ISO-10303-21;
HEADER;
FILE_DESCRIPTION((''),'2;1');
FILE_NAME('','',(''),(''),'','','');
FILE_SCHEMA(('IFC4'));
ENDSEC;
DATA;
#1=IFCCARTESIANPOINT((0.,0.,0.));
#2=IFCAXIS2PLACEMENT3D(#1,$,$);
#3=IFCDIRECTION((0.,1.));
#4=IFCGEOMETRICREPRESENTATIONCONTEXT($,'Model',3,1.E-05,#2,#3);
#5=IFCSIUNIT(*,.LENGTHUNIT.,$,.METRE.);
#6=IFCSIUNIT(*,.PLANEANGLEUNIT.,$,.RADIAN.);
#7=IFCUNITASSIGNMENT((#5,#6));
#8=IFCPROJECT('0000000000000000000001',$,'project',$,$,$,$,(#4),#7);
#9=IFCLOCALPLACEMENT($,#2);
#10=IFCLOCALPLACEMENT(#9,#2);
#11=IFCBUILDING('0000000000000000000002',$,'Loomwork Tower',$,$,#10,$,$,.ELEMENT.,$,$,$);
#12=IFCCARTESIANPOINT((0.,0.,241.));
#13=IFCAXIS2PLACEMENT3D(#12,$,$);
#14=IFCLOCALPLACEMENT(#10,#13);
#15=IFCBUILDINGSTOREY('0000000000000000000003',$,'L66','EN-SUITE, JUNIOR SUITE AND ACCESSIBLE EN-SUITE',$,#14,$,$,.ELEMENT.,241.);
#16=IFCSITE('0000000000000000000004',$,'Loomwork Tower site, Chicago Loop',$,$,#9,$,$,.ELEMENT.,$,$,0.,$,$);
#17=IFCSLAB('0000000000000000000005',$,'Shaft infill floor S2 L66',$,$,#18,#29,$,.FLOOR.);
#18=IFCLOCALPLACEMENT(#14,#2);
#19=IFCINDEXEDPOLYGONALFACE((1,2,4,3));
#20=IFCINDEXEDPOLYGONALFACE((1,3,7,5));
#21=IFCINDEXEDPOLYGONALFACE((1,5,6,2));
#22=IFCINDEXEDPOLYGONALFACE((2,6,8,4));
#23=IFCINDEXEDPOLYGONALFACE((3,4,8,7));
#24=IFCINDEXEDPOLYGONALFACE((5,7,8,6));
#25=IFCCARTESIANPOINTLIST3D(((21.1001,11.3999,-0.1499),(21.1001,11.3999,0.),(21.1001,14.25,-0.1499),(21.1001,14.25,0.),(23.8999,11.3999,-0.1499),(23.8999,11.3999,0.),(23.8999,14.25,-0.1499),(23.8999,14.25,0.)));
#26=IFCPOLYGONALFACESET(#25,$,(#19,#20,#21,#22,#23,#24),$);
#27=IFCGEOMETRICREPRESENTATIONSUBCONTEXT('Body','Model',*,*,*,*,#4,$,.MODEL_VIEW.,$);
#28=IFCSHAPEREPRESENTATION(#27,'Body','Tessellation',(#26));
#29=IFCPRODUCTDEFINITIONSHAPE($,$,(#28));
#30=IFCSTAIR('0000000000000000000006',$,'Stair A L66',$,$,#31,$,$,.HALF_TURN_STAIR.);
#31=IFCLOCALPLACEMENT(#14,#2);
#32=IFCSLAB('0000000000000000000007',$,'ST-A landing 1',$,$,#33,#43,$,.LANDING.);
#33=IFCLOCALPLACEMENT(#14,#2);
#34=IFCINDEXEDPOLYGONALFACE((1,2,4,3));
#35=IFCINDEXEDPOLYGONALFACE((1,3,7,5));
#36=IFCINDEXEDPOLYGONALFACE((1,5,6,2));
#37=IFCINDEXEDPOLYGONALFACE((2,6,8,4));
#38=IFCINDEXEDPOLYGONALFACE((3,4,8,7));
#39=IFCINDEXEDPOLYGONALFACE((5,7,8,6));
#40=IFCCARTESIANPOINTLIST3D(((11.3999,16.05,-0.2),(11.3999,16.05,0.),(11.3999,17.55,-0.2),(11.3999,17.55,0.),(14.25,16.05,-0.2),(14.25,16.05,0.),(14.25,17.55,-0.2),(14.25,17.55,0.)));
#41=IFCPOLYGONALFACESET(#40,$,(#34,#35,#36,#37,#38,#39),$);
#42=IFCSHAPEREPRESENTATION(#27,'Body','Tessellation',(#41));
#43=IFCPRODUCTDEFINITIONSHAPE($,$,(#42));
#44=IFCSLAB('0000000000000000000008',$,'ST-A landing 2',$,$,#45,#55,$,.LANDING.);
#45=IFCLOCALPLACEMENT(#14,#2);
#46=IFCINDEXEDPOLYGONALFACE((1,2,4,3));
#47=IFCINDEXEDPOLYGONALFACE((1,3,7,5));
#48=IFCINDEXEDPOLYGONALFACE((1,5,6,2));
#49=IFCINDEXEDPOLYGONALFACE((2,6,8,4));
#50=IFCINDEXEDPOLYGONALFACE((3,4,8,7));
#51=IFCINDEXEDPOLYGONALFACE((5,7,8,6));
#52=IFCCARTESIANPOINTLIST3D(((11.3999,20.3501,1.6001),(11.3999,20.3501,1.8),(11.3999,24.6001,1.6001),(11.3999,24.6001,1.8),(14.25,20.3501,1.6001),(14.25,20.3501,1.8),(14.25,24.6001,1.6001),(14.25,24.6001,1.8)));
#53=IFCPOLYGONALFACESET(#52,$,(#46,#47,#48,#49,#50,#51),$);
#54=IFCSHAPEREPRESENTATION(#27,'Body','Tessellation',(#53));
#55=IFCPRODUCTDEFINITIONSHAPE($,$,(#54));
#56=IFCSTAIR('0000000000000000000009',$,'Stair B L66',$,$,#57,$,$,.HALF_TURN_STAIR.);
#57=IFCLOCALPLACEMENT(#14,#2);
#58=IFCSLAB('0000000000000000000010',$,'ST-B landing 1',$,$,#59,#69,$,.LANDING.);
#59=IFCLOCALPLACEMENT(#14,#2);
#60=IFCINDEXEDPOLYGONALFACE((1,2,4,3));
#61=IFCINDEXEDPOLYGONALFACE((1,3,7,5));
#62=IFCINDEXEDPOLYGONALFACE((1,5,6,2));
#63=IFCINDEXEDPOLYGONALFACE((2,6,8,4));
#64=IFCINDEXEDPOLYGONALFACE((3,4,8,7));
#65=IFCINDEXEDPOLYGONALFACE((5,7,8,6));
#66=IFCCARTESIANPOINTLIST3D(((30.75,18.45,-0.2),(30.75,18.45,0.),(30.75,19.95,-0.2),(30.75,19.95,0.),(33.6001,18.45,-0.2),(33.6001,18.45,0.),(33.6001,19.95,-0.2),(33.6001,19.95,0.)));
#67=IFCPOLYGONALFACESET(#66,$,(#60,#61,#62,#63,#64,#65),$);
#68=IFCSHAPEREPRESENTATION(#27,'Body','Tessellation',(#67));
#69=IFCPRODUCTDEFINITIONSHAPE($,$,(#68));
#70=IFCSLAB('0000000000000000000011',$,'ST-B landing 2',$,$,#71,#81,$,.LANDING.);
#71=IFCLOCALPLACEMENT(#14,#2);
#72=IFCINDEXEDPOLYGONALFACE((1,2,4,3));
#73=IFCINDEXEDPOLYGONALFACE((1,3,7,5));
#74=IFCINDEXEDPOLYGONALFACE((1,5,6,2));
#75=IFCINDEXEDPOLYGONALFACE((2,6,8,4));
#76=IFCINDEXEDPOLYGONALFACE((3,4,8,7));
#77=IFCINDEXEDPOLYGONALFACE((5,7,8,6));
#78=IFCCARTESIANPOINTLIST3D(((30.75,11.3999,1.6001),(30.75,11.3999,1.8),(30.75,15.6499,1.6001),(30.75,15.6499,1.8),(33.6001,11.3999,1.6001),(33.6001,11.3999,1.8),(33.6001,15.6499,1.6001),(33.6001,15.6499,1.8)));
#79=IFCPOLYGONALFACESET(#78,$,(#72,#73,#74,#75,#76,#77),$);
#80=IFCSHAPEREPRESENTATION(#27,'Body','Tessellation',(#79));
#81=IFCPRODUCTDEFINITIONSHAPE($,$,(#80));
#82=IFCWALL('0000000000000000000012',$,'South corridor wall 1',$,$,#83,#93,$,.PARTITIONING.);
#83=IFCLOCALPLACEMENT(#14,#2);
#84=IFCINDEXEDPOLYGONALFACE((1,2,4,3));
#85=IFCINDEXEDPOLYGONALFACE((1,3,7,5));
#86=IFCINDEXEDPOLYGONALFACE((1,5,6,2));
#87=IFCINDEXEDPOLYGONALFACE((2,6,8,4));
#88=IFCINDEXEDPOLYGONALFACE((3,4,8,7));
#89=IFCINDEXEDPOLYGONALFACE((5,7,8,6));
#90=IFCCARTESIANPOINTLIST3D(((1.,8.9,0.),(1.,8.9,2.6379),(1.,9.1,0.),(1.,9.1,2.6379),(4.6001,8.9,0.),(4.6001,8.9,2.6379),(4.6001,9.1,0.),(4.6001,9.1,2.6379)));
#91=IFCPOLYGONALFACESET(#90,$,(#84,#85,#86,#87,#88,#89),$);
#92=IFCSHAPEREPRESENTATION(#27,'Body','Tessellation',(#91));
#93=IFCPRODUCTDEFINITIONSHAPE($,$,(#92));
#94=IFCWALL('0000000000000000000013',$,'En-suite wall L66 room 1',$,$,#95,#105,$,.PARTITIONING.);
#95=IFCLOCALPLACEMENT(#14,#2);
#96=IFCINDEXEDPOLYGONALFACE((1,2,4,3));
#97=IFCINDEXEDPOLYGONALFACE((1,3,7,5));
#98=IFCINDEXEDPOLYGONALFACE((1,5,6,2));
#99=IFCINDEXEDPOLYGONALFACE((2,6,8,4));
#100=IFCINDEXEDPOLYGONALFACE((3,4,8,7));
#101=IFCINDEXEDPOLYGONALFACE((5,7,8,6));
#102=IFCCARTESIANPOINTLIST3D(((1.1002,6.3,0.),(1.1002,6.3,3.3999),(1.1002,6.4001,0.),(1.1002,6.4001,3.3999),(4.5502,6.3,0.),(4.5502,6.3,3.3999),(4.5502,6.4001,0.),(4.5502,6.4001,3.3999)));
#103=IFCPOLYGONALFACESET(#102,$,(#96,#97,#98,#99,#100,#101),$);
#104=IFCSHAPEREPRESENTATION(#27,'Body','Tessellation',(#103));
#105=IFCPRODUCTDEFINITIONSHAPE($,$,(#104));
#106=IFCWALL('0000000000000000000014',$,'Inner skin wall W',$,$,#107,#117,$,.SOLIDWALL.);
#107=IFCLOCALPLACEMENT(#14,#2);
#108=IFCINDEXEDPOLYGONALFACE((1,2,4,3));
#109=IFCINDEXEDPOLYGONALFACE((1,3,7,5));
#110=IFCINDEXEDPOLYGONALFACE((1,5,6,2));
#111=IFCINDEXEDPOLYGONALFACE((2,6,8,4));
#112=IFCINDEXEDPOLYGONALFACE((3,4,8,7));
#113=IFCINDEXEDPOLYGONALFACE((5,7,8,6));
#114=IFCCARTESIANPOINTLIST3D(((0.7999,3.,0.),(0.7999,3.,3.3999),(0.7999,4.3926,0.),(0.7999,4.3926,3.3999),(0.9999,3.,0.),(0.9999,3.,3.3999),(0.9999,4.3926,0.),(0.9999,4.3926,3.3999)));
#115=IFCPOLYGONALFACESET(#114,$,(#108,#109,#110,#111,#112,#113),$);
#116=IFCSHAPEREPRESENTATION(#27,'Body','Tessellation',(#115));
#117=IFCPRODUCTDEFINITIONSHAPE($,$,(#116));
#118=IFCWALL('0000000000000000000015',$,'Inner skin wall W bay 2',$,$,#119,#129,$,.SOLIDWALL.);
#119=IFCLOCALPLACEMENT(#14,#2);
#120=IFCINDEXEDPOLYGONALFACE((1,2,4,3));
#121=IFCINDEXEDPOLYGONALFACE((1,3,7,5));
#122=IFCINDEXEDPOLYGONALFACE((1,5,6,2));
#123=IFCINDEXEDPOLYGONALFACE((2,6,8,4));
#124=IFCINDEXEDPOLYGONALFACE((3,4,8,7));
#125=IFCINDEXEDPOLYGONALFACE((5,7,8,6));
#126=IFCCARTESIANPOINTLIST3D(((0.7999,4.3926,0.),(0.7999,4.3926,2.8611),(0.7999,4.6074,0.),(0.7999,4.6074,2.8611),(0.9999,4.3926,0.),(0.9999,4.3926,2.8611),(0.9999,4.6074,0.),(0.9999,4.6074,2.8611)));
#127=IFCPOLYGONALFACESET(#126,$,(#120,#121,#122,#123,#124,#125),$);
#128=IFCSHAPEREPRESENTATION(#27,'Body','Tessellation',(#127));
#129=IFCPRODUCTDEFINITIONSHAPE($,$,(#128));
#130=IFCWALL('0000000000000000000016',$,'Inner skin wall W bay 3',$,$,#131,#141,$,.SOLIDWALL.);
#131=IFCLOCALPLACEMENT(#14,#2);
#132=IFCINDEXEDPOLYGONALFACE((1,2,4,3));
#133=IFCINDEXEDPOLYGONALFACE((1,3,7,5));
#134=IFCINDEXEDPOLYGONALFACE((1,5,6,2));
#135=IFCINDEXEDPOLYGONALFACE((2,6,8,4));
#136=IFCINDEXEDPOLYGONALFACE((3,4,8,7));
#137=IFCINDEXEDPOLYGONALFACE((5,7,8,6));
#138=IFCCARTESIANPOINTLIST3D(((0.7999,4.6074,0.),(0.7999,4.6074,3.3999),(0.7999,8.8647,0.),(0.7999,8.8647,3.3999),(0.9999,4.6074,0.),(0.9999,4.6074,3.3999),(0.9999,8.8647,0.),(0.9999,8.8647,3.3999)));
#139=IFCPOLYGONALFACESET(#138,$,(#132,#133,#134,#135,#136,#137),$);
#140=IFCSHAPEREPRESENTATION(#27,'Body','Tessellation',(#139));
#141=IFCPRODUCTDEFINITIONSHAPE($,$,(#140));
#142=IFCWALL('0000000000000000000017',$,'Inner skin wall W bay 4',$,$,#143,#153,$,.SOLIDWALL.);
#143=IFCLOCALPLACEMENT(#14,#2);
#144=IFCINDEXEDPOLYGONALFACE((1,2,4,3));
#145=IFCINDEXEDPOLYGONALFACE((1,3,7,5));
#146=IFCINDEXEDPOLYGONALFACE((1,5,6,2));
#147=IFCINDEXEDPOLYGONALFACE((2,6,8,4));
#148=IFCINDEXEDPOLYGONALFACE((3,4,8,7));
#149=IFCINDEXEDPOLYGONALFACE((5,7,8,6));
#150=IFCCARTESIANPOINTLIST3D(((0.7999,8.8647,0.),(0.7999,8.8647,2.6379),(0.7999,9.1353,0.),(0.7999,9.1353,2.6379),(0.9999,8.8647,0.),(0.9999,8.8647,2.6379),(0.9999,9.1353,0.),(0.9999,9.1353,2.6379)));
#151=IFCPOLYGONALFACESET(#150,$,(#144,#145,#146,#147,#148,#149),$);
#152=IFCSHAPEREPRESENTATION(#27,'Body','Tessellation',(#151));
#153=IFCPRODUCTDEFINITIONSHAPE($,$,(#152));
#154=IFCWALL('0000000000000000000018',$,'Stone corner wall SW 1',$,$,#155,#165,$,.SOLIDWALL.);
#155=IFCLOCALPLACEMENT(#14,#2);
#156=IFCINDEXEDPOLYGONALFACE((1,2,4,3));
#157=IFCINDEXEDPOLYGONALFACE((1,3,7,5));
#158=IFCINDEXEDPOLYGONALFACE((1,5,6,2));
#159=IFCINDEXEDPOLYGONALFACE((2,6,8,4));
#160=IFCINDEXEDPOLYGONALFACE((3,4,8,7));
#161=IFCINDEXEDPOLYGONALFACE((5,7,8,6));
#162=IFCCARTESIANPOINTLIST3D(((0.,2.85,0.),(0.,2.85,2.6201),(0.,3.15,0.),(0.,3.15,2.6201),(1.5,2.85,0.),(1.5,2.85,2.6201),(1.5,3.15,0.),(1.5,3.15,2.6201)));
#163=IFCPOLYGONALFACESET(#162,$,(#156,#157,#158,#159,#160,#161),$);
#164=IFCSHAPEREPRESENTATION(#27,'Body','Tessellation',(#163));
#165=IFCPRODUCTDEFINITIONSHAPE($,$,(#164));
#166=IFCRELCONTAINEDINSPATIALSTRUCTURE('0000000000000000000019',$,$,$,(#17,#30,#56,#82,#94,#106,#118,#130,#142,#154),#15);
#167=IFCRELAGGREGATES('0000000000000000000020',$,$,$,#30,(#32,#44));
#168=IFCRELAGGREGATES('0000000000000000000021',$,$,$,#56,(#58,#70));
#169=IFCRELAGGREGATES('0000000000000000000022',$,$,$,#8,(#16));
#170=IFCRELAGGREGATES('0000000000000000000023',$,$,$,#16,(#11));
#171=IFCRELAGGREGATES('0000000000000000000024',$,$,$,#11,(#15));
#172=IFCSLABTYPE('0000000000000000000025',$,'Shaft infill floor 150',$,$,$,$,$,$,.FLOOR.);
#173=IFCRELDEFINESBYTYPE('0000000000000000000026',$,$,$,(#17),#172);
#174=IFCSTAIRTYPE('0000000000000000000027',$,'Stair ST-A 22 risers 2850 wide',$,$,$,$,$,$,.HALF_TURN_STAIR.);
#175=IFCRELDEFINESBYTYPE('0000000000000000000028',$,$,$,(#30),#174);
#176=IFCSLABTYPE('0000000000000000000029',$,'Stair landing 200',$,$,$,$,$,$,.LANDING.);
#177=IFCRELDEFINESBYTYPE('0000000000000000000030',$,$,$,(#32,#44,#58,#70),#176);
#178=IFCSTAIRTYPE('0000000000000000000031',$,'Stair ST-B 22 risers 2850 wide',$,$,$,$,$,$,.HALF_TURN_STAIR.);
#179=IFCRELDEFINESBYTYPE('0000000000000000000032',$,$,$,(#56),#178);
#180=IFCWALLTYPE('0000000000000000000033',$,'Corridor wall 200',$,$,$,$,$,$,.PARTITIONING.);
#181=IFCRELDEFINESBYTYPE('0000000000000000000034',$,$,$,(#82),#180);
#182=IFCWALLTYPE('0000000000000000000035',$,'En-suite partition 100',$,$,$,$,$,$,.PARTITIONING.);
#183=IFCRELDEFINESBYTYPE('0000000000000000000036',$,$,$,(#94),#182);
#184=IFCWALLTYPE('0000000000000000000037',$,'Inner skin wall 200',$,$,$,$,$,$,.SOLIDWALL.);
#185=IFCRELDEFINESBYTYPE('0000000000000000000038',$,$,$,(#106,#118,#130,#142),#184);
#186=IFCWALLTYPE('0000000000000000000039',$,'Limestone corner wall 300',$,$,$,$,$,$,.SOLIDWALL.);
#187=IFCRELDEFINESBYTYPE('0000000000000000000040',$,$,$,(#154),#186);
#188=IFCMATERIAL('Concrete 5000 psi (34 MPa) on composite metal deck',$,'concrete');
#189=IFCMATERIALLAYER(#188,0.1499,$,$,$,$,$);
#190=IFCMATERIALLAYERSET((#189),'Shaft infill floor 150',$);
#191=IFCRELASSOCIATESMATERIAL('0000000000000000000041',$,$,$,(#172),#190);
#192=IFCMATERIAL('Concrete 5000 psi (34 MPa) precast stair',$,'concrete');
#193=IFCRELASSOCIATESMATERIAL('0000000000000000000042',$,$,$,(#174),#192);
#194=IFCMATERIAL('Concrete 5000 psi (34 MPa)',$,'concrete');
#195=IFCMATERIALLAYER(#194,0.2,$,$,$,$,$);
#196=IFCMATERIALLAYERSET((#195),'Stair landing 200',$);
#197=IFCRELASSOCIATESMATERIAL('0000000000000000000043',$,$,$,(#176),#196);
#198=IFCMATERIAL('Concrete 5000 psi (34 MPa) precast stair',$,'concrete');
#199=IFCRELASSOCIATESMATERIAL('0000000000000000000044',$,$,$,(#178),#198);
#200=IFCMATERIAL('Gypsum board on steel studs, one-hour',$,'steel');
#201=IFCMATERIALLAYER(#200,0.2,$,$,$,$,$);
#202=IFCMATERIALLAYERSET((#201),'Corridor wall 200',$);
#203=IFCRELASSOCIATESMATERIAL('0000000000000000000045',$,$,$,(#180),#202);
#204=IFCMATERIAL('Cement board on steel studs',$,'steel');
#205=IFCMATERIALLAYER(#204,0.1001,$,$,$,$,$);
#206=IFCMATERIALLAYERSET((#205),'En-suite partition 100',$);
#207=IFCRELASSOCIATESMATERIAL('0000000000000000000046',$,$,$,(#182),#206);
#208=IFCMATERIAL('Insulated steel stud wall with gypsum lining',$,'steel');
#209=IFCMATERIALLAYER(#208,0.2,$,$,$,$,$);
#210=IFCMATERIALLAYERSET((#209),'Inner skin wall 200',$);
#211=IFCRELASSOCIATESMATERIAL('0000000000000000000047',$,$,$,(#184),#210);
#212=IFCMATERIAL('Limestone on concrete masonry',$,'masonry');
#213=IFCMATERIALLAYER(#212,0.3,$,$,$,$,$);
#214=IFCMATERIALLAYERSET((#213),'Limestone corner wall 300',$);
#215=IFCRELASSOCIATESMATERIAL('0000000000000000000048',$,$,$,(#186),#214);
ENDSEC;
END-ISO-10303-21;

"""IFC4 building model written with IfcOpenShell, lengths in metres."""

from ifc_helpers import new_model, si_unit, direction, frame, frame_2d, origin, place, context, subcontext, project, spatial, polyline, rectangle, outline, extrude, material, layer, layer_set, type_object, element, aggregate, save


model = new_model("IFC4")

# Units and contexts
model_context = context("Model", 3, precision=1e-05, world=origin(), true_north=direction((0.0, 1.0)))
body_context = subcontext(model_context, "Body", "Model", "MODEL_VIEW")
ifc_project = project(units=[si_unit("LENGTHUNIT", "METRE"), si_unit("PLANEANGLEUNIT", "RADIAN")], contexts=[model_context])

# Site, building, storey
site_placement = place(None, origin())
site = spatial("IfcSite", under=ifc_project, at=site_placement, Name="Loomwork Tower site, Chicago Loop", CompositionType="ELEMENT", RefElevation=0.0)
building_placement = place(site_placement, origin())
building = spatial("IfcBuilding", under=site, at=building_placement, Name="Loomwork Tower", CompositionType="ELEMENT")
storey_placement = place(building_placement, frame((0.0, 0.0, 241.0)))
storey = spatial("IfcBuildingStorey", under=building, at=storey_placement, Name="L66", Description="EN-SUITE, JUNIOR SUITE AND ACCESSIBLE EN-SUITE", CompositionType="ELEMENT", Elevation=241.0)

# Slab
ifc_material_1 = material(Name="Concrete 5000 psi (34 MPa) on composite metal deck", Category="concrete")
ifc_layer_1 = layer(ifc_material_1, 0.1499)
ifc_layer_set_1 = layer_set([ifc_layer_1], Name="Shaft infill floor 150")
slab_type_1 = type_object("IfcSlabType", Name="Shaft infill floor 150", PredefinedType="FLOOR", material=ifc_layer_set_1)
slab_1_placement = place(storey_placement, frame((0.0, 0.0, -0.1499)))
element("IfcSlab", 1, at=slab_1_placement, inside=storey, type_object=slab_type_1, Name="Shaft infill floor S2 L66", PredefinedType="FLOOR", context=body_context, shape_type="SweptSolid", body=[
    extrude(outline(polyline([(21.1001, 11.3999), (23.8999, 11.3999), (23.8999, 14.25), (21.1001, 14.25), (21.1001, 11.3999)])), origin(), (0.0, 0.0, 1.0), 0.1499),
])

# Stairs, slabs
ifc_material_2 = material(Name="Concrete 5000 psi (34 MPa) precast stair", Category="concrete")
stair_type_1 = type_object("IfcStairType", Name="Stair ST-A 22 risers 2850 wide", PredefinedType="HALF_TURN_STAIR", material=ifc_material_2)
stair_1_placement = place(storey_placement, origin())
stair_1 = element("IfcStair", 2, at=stair_1_placement, inside=storey, type_object=stair_type_1, Name="Stair A L66", PredefinedType="HALF_TURN_STAIR")
ifc_material_3 = material(Name="Concrete 5000 psi (34 MPa)", Category="concrete")
ifc_layer_2 = layer(ifc_material_3, 0.2)
ifc_layer_set_2 = layer_set([ifc_layer_2], Name="Stair landing 200")
slab_type_2 = type_object("IfcSlabType", Name="Stair landing 200", PredefinedType="LANDING", material=ifc_layer_set_2)
slab_2_placement = place(storey_placement, frame((0.0, 0.0, -0.2)))
slab_2 = element("IfcSlab", 3, at=slab_2_placement, type_object=slab_type_2, Name="ST-A landing 1", PredefinedType="LANDING", context=body_context, shape_type="SweptSolid", body=[
    extrude(outline(polyline([(11.3999, 16.05), (14.25, 16.05), (14.25, 17.55), (11.3999, 17.55), (11.3999, 16.05)])), origin(), (0.0, 0.0, 1.0), 0.2),
])
slab_3_placement = place(storey_placement, frame((0.0, 0.0, 1.6001)))
slab_3 = element("IfcSlab", 4, at=slab_3_placement, type_object=slab_type_2, Name="ST-A landing 2", PredefinedType="LANDING", context=body_context, shape_type="SweptSolid", body=[
    extrude(outline(polyline([(11.3999, 20.3501), (14.25, 20.3501), (14.25, 24.6001), (11.3999, 24.6001), (11.3999, 20.3501)])), origin(), (0.0, 0.0, 1.0), 0.2),
])
aggregate(stair_1, [slab_2, slab_3])
ifc_material_4 = material(Name="Concrete 5000 psi (34 MPa) precast stair", Category="concrete")
stair_type_2 = type_object("IfcStairType", Name="Stair ST-B 22 risers 2850 wide", PredefinedType="HALF_TURN_STAIR", material=ifc_material_4)
stair_2_placement = place(storey_placement, origin())
stair_2 = element("IfcStair", 5, at=stair_2_placement, inside=storey, type_object=stair_type_2, Name="Stair B L66", PredefinedType="HALF_TURN_STAIR")
slab_4_placement = place(storey_placement, frame((0.0, 0.0, -0.2)))
slab_4 = element("IfcSlab", 6, at=slab_4_placement, type_object=slab_type_2, Name="ST-B landing 1", PredefinedType="LANDING", context=body_context, shape_type="SweptSolid", body=[
    extrude(outline(polyline([(30.75, 18.45), (33.6001, 18.45), (33.6001, 19.95), (30.75, 19.95), (30.75, 18.45)])), origin(), (0.0, 0.0, 1.0), 0.2),
])
slab_5_placement = place(storey_placement, frame((0.0, 0.0, 1.6001)))
slab_5 = element("IfcSlab", 7, at=slab_5_placement, type_object=slab_type_2, Name="ST-B landing 2", PredefinedType="LANDING", context=body_context, shape_type="SweptSolid", body=[
    extrude(outline(polyline([(30.75, 11.3999), (33.6001, 11.3999), (33.6001, 15.6499), (30.75, 15.6499), (30.75, 11.3999)])), origin(), (0.0, 0.0, 1.0), 0.2),
])
aggregate(stair_2, [slab_4, slab_5])

# Walls
ifc_material_5 = material(Name="Gypsum board on steel studs, one-hour", Category="steel")
ifc_layer_3 = layer(ifc_material_5, 0.2)
ifc_layer_set_3 = layer_set([ifc_layer_3], Name="Corridor wall 200")
wall_type_1 = type_object("IfcWallType", Name="Corridor wall 200", PredefinedType="PARTITIONING", material=ifc_layer_set_3)
wall_1_placement = place(storey_placement, frame((1.0, 9.0, 0.0), z_axis=(0.0, 0.0, 1.0), x_axis=(1.0, 0.0, 0.0)))
element("IfcWall", 8, at=wall_1_placement, inside=storey, type_object=wall_type_1, Name="South corridor wall 1", PredefinedType="PARTITIONING", context=body_context, shape_type="SweptSolid", body=[
    extrude(rectangle(XDim=3.6001, YDim=0.2, at=frame_2d((1.8, 0.0))), origin(), (0.0, 0.0, 1.0), 2.6379),
])
ifc_material_6 = material(Name="Cement board on steel studs", Category="steel")
ifc_layer_4 = layer(ifc_material_6, 0.1001)
ifc_layer_set_4 = layer_set([ifc_layer_4], Name="En-suite partition 100")
wall_type_2 = type_object("IfcWallType", Name="En-suite partition 100", PredefinedType="PARTITIONING", material=ifc_layer_set_4)
wall_2_placement = place(storey_placement, frame((1.1001, 6.3501, 0.0), z_axis=(0.0, 0.0, 1.0), x_axis=(1.0, 0.0, 0.0)))
element("IfcWall", 9, at=wall_2_placement, inside=storey, type_object=wall_type_2, Name="En-suite wall L66 room 1", PredefinedType="PARTITIONING", context=body_context, shape_type="SweptSolid", body=[
    extrude(rectangle(XDim=3.45, YDim=0.1001, at=frame_2d((1.7251, 0.0))), origin(), (0.0, 0.0, 1.0), 3.3999),
])
ifc_material_7 = material(Name="Insulated steel stud wall with gypsum lining", Category="steel")
ifc_layer_5 = layer(ifc_material_7, 0.2)
ifc_layer_set_5 = layer_set([ifc_layer_5], Name="Inner skin wall 200")
wall_type_3 = type_object("IfcWallType", Name="Inner skin wall 200", PredefinedType="SOLIDWALL", material=ifc_layer_set_5)
wall_3_placement = place(storey_placement, frame((0.8999, 3.0, 0.0), z_axis=(0.0, 0.0, 1.0), x_axis=(0.0, 1.0, 0.0)))
element("IfcWall", 10, at=wall_3_placement, inside=storey, type_object=wall_type_3, Name="Inner skin wall W", PredefinedType="SOLIDWALL", context=body_context, shape_type="SweptSolid", body=[
    extrude(rectangle(XDim=1.3926, YDim=0.2, at=frame_2d((0.6963, 0.0))), origin(), (0.0, 0.0, 1.0), 3.3999),
])
wall_4_placement = place(storey_placement, frame((0.8999, 4.3926, 0.0), z_axis=(0.0, 0.0, 1.0), x_axis=(0.0, 1.0, 0.0)))
element("IfcWall", 11, at=wall_4_placement, inside=storey, type_object=wall_type_3, Name="Inner skin wall W bay 2", PredefinedType="SOLIDWALL", context=body_context, shape_type="SweptSolid", body=[
    extrude(rectangle(XDim=0.2148, YDim=0.2, at=frame_2d((0.1074, 0.0))), origin(), (0.0, 0.0, 1.0), 2.8611),
])
wall_5_placement = place(storey_placement, frame((0.8999, 4.6074, 0.0), z_axis=(0.0, 0.0, 1.0), x_axis=(0.0, 1.0, 0.0)))
element("IfcWall", 12, at=wall_5_placement, inside=storey, type_object=wall_type_3, Name="Inner skin wall W bay 3", PredefinedType="SOLIDWALL", context=body_context, shape_type="SweptSolid", body=[
    extrude(rectangle(XDim=4.2573, YDim=0.2, at=frame_2d((2.1287, 0.0))), origin(), (0.0, 0.0, 1.0), 3.3999),
])
wall_6_placement = place(storey_placement, frame((0.8999, 8.8647, 0.0), z_axis=(0.0, 0.0, 1.0), x_axis=(0.0, 1.0, 0.0)))
element("IfcWall", 13, at=wall_6_placement, inside=storey, type_object=wall_type_3, Name="Inner skin wall W bay 4", PredefinedType="SOLIDWALL", context=body_context, shape_type="SweptSolid", body=[
    extrude(rectangle(XDim=0.2705, YDim=0.2, at=frame_2d((0.1353, 0.0))), origin(), (0.0, 0.0, 1.0), 2.6379),
])
ifc_material_8 = material(Name="Limestone on concrete masonry", Category="masonry")
ifc_layer_6 = layer(ifc_material_8, 0.3)
ifc_layer_set_6 = layer_set([ifc_layer_6], Name="Limestone corner wall 300")
wall_type_4 = type_object("IfcWallType", Name="Limestone corner wall 300", PredefinedType="SOLIDWALL", material=ifc_layer_set_6)
wall_7_placement = place(storey_placement, frame((0.0, 3.0, 0.0), z_axis=(0.0, 0.0, 1.0), x_axis=(1.0, 0.0, 0.0)))
element("IfcWall", 14, at=wall_7_placement, inside=storey, type_object=wall_type_4, Name="Stone corner wall SW 1", PredefinedType="SOLIDWALL", context=body_context, shape_type="SweptSolid", body=[
    extrude(rectangle(XDim=1.5, YDim=0.3, at=frame_2d((0.75, 0.0))), origin(), (0.0, 0.0, 1.0), 2.6201),
])

save(model, "model.ifc")
